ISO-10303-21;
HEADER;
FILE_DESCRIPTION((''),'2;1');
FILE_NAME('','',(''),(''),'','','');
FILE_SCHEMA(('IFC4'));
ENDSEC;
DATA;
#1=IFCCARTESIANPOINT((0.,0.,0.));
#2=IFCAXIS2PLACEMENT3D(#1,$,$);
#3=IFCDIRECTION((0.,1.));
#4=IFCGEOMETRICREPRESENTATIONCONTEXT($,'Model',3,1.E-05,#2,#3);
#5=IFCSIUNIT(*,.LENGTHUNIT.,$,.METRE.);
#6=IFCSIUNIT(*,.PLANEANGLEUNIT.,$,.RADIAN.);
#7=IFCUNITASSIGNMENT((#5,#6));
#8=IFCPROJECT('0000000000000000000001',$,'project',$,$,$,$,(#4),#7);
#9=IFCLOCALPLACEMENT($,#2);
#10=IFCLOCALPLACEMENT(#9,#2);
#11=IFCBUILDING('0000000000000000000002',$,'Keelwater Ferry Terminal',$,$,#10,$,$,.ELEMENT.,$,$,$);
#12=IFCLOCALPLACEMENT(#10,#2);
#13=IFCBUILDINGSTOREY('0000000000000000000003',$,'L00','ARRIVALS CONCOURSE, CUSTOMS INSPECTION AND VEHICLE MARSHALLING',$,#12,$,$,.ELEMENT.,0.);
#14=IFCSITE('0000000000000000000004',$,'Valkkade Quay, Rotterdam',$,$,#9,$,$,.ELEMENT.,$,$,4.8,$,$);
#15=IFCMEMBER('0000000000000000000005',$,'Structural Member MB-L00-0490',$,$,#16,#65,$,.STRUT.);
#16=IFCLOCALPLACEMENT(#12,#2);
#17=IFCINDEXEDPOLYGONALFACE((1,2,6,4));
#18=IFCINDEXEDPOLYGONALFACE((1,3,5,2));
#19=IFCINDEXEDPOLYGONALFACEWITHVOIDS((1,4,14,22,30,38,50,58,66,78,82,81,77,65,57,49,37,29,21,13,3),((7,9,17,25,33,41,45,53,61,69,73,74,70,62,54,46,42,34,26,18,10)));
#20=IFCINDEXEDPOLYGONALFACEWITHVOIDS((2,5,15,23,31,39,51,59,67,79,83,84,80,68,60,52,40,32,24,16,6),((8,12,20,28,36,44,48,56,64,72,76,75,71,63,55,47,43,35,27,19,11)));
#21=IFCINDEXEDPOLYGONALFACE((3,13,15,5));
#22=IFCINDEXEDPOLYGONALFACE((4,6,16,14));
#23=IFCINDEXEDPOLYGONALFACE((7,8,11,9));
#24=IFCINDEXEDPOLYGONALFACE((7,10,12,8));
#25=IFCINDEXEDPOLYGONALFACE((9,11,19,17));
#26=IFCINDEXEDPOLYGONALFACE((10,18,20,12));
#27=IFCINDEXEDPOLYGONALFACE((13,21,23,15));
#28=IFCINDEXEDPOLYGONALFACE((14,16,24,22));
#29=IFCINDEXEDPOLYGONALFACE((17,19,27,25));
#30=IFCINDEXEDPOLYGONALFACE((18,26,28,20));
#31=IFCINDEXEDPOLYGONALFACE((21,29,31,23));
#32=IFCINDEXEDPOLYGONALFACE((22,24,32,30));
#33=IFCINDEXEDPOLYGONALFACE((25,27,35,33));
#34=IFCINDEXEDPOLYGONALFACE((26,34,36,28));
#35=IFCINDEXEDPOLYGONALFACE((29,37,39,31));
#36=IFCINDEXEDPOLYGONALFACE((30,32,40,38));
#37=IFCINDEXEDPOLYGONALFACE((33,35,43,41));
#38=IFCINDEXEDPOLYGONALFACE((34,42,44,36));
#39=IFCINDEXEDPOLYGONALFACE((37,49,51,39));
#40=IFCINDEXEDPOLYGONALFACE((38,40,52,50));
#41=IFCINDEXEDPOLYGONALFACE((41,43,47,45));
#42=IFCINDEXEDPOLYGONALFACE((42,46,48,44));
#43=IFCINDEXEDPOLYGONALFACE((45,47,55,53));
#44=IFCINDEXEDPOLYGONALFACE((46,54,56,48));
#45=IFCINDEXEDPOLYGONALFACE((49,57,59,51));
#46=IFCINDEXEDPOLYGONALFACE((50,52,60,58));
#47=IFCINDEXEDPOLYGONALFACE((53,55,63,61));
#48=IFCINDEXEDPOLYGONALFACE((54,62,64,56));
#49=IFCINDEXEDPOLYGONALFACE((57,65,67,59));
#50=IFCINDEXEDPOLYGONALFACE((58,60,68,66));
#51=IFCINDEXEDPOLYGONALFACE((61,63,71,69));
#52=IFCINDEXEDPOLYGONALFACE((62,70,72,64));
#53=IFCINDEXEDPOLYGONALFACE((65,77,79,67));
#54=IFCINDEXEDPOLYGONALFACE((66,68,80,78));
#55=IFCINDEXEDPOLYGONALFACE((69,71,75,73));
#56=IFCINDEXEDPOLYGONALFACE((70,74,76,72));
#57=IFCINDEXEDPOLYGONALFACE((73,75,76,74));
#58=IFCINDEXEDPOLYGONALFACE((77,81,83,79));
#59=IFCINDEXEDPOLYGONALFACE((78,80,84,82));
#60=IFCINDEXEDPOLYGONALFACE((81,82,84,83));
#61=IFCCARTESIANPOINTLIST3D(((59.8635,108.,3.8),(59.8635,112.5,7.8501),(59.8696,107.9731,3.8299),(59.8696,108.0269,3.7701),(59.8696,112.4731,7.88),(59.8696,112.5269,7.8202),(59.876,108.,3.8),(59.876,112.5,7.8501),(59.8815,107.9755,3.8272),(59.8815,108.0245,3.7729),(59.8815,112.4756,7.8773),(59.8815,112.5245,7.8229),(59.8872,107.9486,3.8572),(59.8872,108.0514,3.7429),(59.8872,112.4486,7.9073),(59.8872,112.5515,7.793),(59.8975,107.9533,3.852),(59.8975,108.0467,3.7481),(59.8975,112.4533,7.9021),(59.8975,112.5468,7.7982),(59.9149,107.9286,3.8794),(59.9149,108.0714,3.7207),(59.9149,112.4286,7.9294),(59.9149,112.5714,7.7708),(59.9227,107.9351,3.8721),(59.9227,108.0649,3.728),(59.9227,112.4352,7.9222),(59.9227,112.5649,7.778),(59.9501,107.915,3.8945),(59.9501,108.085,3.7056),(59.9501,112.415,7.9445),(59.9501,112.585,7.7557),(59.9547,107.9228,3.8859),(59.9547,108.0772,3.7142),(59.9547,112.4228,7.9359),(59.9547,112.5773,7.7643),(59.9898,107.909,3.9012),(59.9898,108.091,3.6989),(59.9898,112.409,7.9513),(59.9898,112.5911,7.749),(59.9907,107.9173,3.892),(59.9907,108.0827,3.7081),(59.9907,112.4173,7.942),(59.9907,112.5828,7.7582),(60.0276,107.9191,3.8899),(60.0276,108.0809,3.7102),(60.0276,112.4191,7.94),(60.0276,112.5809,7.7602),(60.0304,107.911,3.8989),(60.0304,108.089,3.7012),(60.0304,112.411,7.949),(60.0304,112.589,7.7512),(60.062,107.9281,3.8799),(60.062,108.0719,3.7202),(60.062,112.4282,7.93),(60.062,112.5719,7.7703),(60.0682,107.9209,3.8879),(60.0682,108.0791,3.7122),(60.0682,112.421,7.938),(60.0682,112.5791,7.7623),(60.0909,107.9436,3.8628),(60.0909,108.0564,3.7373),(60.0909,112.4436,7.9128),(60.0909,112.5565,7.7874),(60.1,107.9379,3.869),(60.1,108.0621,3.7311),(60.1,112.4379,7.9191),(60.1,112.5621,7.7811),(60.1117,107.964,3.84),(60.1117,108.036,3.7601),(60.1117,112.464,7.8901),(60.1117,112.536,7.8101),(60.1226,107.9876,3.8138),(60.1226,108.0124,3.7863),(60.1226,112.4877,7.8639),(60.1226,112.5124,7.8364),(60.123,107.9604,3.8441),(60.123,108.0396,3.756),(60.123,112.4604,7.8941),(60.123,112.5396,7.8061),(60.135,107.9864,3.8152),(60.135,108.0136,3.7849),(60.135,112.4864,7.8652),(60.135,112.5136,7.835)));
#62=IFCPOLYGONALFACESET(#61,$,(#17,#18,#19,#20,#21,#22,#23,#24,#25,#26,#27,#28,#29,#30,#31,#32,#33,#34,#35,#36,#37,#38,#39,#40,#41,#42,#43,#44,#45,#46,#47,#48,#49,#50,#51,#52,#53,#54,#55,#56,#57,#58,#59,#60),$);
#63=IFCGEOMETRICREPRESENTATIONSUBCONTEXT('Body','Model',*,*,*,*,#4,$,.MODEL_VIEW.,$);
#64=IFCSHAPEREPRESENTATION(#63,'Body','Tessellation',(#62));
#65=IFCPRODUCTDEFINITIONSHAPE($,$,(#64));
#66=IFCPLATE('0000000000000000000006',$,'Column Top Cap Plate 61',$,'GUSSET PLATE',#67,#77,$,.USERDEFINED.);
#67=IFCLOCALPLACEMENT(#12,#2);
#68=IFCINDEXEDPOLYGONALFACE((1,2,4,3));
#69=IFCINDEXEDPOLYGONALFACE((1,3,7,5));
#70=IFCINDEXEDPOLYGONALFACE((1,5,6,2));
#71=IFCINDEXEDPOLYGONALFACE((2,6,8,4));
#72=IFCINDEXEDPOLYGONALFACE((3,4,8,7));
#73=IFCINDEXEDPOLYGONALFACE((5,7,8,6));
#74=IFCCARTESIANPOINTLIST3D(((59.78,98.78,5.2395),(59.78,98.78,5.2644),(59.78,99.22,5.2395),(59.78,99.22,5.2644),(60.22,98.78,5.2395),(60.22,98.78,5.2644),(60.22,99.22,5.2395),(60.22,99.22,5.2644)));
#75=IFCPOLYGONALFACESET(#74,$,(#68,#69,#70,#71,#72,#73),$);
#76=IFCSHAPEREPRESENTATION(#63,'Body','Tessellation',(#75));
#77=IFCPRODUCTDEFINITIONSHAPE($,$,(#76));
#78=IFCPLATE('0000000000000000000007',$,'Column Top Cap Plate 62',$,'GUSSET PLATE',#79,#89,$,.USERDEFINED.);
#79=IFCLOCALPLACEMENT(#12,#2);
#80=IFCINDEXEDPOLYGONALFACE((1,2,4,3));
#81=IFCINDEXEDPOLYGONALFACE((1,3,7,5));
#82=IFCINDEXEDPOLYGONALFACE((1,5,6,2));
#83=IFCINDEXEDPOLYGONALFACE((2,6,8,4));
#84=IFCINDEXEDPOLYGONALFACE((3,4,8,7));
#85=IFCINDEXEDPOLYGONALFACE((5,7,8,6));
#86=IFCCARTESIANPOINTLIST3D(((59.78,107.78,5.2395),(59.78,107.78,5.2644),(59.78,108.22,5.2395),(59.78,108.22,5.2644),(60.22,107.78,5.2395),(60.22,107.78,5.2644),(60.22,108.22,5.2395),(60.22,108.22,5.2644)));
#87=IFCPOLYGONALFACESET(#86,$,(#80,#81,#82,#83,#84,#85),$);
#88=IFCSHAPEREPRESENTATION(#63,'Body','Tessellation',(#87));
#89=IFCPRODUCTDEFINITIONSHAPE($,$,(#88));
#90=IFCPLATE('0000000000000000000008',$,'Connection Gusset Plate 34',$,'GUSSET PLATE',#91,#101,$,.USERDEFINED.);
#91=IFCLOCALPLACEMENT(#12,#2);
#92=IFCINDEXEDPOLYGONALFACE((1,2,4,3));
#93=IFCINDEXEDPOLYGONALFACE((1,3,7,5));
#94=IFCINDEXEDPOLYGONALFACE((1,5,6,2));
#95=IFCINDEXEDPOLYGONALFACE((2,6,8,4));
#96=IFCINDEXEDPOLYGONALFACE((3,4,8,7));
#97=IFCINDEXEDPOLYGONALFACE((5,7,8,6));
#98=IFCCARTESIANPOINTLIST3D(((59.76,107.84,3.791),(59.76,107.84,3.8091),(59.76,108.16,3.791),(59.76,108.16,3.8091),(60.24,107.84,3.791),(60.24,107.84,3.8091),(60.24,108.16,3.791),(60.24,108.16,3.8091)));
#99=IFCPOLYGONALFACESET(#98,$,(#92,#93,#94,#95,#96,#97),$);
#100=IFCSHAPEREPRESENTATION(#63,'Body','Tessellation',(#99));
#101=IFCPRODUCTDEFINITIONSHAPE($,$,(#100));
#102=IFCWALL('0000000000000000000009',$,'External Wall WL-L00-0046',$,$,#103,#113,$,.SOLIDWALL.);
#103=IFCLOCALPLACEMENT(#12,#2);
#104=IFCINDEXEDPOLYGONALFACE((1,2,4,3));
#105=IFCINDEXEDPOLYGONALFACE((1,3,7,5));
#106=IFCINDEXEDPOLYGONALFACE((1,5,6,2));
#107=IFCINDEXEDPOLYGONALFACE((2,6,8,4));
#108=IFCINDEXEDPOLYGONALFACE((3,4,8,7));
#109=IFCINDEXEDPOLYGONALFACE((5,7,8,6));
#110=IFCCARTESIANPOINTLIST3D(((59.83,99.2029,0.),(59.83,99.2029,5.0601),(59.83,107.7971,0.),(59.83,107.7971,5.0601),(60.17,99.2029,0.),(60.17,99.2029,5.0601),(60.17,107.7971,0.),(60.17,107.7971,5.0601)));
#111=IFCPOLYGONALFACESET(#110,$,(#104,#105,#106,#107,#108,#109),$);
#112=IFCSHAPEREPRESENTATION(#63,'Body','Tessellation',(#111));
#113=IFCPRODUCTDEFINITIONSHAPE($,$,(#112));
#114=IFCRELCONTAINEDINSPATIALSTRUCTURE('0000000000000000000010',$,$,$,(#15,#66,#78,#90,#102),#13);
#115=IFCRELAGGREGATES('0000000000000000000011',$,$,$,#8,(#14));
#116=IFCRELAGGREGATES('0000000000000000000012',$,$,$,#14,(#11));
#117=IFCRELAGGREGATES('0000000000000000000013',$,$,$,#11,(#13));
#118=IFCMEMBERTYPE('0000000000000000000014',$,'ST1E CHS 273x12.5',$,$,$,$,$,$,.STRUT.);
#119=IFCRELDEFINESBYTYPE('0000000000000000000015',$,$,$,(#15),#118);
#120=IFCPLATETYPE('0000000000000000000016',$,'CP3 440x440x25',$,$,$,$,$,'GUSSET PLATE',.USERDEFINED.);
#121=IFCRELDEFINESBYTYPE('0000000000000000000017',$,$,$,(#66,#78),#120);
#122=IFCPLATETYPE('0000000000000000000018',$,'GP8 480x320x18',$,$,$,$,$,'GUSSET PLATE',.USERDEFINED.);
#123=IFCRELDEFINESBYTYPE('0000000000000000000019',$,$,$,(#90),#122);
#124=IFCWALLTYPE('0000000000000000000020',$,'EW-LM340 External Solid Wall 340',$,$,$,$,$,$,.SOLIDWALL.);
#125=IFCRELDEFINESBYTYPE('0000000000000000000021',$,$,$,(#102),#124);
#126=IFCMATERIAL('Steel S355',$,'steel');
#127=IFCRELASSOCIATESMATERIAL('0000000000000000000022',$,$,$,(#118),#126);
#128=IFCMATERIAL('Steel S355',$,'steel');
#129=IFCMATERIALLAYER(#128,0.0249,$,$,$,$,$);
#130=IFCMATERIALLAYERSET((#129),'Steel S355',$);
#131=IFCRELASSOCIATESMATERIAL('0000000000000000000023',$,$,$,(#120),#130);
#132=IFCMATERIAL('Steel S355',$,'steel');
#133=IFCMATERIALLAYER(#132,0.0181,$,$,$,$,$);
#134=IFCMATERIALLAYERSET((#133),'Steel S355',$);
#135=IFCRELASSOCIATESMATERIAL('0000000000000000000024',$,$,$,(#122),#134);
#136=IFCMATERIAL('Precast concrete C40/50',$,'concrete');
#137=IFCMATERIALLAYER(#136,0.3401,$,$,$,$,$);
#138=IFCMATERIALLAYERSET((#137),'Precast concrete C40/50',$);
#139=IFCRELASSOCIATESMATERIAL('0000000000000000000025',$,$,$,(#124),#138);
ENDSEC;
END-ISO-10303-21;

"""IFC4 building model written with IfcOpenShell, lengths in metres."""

from ifc_helpers import new_model, si_unit, direction, frame, frame_2d, origin, origin_2d, place, context, subcontext, project, spatial, rectangle, hollow_circle, extrude, material, layer, layer_set, material_profile, profile_set, type_object, element, save


model = new_model("IFC4")

# Units and contexts
model_context = context("Model", 3, precision=1e-05, world=origin(), true_north=direction((0.0, 1.0)))
body_context = subcontext(model_context, "Body", "Model", "MODEL_VIEW")
ifc_project = project(units=[si_unit("LENGTHUNIT", "METRE"), si_unit("PLANEANGLEUNIT", "RADIAN")], contexts=[model_context])

# Site, building, storey
site_placement = place(None, origin())
site = spatial("IfcSite", under=ifc_project, at=site_placement, Name="Valkkade Quay, Rotterdam", CompositionType="ELEMENT", RefElevation=4.8)
building_placement = place(site_placement, origin())
building = spatial("IfcBuilding", under=site, at=building_placement, Name="Keelwater Ferry Terminal", CompositionType="ELEMENT")
storey_placement = place(building_placement, origin())
storey = spatial("IfcBuildingStorey", under=building, at=storey_placement, Name="L00", Description="ARRIVALS CONCOURSE, CUSTOMS INSPECTION AND VEHICLE MARSHALLING", CompositionType="ELEMENT", Elevation=0.0)

# Member
ifc_material_1 = material(Name="Steel S355", Category="steel")
ifc_material_profile_1 = material_profile(ifc_material_1, hollow_circle(Radius=0.1365, WallThickness=0.0125, at=origin_2d()), Name="CHS 273x12.5")
ifc_profile_set_1 = profile_set([ifc_material_profile_1], Name="Steel S355")
member_type = type_object("IfcMemberType", Name="ST1E CHS 273x12.5", PredefinedType="STRUT", material=ifc_profile_set_1)
member_placement = place(storey_placement, frame((60.0, 108.0, 3.8), z_axis=(0.0, 0.74329, 0.668969), x_axis=(-1.0, 0.0, 0.0)))
element("IfcMember", 1, at=member_placement, inside=storey, type_object=member_type, Name="Structural Member MB-L00-0490", PredefinedType="STRUT", context=body_context, shape_type="SweptSolid", body=[
    extrude(hollow_circle(Radius=0.1365, WallThickness=0.0125, at=origin_2d()), origin(), (0.0, 0.0, 1.0), 6.0542),
])

# Plates
ifc_material_2 = material(Name="Steel S355", Category="steel")
ifc_layer_1 = layer(ifc_material_2, 0.0249)
ifc_layer_set_1 = layer_set([ifc_layer_1], Name="Steel S355")
plate_type_1 = type_object("IfcPlateType", Name="CP3 440x440x25", ElementType="GUSSET PLATE", PredefinedType="USERDEFINED", material=ifc_layer_set_1)
for number, where, z_axis, x_axis, name in (
    (2, (60.0, 99.0, 5.2395), (0.0, 0.0, 1.0), (1.0, 0.0, 0.0), "Column Top Cap Plate 61"),
    (3, (60.0, 108.0, 5.2395), (0.0, 0.0, 1.0), (1.0, 0.0, 0.0), "Column Top Cap Plate 62"),
):
    element("IfcPlate", number, at=place(storey_placement, frame(where, z_axis=z_axis, x_axis=x_axis)), inside=storey, type_object=plate_type_1, Name=name, ObjectType="GUSSET PLATE", PredefinedType="USERDEFINED", context=body_context, shape_type="SweptSolid", body=[
        extrude(rectangle(XDim=0.4399, YDim=0.4399, at=origin_2d()), origin(), (0.0, 0.0, 1.0), 0.0249),
    ])
ifc_material_3 = material(Name="Steel S355", Category="steel")
ifc_layer_2 = layer(ifc_material_3, 0.0181)
ifc_layer_set_2 = layer_set([ifc_layer_2], Name="Steel S355")
plate_type_2 = type_object("IfcPlateType", Name="GP8 480x320x18", ElementType="GUSSET PLATE", PredefinedType="USERDEFINED", material=ifc_layer_set_2)
plate_placement = place(storey_placement, frame((60.0, 108.0, 3.791), z_axis=(0.0, 0.0, 1.0), x_axis=(1.0, 0.0, 0.0)))
element("IfcPlate", 4, at=plate_placement, inside=storey, type_object=plate_type_2, Name="Connection Gusset Plate 34", ObjectType="GUSSET PLATE", PredefinedType="USERDEFINED", context=body_context, shape_type="SweptSolid", body=[
    extrude(rectangle(XDim=0.48, YDim=0.3201, at=origin_2d()), origin(), (0.0, 0.0, 1.0), 0.0181),
])

# Wall
ifc_material_4 = material(Name="Precast concrete C40/50", Category="concrete")
ifc_layer_3 = layer(ifc_material_4, 0.3401)
ifc_layer_set_3 = layer_set([ifc_layer_3], Name="Precast concrete C40/50")
wall_type = type_object("IfcWallType", Name="EW-LM340 External Solid Wall 340", PredefinedType="SOLIDWALL", material=ifc_layer_set_3)
wall_placement = place(storey_placement, frame((60.0, 99.2029, 0.0), z_axis=(0.0, 0.0, 1.0), x_axis=(0.0, 1.0, 0.0)))
element("IfcWall", 5, at=wall_placement, inside=storey, type_object=wall_type, Name="External Wall WL-L00-0046", PredefinedType="SOLIDWALL", context=body_context, shape_type="SweptSolid", body=[
    extrude(rectangle(XDim=8.5942, YDim=0.3401, at=frame_2d((4.2971, 0.0))), origin(), (0.0, 0.0, 1.0), 5.0601),
])

save(model, "model.ifc")
